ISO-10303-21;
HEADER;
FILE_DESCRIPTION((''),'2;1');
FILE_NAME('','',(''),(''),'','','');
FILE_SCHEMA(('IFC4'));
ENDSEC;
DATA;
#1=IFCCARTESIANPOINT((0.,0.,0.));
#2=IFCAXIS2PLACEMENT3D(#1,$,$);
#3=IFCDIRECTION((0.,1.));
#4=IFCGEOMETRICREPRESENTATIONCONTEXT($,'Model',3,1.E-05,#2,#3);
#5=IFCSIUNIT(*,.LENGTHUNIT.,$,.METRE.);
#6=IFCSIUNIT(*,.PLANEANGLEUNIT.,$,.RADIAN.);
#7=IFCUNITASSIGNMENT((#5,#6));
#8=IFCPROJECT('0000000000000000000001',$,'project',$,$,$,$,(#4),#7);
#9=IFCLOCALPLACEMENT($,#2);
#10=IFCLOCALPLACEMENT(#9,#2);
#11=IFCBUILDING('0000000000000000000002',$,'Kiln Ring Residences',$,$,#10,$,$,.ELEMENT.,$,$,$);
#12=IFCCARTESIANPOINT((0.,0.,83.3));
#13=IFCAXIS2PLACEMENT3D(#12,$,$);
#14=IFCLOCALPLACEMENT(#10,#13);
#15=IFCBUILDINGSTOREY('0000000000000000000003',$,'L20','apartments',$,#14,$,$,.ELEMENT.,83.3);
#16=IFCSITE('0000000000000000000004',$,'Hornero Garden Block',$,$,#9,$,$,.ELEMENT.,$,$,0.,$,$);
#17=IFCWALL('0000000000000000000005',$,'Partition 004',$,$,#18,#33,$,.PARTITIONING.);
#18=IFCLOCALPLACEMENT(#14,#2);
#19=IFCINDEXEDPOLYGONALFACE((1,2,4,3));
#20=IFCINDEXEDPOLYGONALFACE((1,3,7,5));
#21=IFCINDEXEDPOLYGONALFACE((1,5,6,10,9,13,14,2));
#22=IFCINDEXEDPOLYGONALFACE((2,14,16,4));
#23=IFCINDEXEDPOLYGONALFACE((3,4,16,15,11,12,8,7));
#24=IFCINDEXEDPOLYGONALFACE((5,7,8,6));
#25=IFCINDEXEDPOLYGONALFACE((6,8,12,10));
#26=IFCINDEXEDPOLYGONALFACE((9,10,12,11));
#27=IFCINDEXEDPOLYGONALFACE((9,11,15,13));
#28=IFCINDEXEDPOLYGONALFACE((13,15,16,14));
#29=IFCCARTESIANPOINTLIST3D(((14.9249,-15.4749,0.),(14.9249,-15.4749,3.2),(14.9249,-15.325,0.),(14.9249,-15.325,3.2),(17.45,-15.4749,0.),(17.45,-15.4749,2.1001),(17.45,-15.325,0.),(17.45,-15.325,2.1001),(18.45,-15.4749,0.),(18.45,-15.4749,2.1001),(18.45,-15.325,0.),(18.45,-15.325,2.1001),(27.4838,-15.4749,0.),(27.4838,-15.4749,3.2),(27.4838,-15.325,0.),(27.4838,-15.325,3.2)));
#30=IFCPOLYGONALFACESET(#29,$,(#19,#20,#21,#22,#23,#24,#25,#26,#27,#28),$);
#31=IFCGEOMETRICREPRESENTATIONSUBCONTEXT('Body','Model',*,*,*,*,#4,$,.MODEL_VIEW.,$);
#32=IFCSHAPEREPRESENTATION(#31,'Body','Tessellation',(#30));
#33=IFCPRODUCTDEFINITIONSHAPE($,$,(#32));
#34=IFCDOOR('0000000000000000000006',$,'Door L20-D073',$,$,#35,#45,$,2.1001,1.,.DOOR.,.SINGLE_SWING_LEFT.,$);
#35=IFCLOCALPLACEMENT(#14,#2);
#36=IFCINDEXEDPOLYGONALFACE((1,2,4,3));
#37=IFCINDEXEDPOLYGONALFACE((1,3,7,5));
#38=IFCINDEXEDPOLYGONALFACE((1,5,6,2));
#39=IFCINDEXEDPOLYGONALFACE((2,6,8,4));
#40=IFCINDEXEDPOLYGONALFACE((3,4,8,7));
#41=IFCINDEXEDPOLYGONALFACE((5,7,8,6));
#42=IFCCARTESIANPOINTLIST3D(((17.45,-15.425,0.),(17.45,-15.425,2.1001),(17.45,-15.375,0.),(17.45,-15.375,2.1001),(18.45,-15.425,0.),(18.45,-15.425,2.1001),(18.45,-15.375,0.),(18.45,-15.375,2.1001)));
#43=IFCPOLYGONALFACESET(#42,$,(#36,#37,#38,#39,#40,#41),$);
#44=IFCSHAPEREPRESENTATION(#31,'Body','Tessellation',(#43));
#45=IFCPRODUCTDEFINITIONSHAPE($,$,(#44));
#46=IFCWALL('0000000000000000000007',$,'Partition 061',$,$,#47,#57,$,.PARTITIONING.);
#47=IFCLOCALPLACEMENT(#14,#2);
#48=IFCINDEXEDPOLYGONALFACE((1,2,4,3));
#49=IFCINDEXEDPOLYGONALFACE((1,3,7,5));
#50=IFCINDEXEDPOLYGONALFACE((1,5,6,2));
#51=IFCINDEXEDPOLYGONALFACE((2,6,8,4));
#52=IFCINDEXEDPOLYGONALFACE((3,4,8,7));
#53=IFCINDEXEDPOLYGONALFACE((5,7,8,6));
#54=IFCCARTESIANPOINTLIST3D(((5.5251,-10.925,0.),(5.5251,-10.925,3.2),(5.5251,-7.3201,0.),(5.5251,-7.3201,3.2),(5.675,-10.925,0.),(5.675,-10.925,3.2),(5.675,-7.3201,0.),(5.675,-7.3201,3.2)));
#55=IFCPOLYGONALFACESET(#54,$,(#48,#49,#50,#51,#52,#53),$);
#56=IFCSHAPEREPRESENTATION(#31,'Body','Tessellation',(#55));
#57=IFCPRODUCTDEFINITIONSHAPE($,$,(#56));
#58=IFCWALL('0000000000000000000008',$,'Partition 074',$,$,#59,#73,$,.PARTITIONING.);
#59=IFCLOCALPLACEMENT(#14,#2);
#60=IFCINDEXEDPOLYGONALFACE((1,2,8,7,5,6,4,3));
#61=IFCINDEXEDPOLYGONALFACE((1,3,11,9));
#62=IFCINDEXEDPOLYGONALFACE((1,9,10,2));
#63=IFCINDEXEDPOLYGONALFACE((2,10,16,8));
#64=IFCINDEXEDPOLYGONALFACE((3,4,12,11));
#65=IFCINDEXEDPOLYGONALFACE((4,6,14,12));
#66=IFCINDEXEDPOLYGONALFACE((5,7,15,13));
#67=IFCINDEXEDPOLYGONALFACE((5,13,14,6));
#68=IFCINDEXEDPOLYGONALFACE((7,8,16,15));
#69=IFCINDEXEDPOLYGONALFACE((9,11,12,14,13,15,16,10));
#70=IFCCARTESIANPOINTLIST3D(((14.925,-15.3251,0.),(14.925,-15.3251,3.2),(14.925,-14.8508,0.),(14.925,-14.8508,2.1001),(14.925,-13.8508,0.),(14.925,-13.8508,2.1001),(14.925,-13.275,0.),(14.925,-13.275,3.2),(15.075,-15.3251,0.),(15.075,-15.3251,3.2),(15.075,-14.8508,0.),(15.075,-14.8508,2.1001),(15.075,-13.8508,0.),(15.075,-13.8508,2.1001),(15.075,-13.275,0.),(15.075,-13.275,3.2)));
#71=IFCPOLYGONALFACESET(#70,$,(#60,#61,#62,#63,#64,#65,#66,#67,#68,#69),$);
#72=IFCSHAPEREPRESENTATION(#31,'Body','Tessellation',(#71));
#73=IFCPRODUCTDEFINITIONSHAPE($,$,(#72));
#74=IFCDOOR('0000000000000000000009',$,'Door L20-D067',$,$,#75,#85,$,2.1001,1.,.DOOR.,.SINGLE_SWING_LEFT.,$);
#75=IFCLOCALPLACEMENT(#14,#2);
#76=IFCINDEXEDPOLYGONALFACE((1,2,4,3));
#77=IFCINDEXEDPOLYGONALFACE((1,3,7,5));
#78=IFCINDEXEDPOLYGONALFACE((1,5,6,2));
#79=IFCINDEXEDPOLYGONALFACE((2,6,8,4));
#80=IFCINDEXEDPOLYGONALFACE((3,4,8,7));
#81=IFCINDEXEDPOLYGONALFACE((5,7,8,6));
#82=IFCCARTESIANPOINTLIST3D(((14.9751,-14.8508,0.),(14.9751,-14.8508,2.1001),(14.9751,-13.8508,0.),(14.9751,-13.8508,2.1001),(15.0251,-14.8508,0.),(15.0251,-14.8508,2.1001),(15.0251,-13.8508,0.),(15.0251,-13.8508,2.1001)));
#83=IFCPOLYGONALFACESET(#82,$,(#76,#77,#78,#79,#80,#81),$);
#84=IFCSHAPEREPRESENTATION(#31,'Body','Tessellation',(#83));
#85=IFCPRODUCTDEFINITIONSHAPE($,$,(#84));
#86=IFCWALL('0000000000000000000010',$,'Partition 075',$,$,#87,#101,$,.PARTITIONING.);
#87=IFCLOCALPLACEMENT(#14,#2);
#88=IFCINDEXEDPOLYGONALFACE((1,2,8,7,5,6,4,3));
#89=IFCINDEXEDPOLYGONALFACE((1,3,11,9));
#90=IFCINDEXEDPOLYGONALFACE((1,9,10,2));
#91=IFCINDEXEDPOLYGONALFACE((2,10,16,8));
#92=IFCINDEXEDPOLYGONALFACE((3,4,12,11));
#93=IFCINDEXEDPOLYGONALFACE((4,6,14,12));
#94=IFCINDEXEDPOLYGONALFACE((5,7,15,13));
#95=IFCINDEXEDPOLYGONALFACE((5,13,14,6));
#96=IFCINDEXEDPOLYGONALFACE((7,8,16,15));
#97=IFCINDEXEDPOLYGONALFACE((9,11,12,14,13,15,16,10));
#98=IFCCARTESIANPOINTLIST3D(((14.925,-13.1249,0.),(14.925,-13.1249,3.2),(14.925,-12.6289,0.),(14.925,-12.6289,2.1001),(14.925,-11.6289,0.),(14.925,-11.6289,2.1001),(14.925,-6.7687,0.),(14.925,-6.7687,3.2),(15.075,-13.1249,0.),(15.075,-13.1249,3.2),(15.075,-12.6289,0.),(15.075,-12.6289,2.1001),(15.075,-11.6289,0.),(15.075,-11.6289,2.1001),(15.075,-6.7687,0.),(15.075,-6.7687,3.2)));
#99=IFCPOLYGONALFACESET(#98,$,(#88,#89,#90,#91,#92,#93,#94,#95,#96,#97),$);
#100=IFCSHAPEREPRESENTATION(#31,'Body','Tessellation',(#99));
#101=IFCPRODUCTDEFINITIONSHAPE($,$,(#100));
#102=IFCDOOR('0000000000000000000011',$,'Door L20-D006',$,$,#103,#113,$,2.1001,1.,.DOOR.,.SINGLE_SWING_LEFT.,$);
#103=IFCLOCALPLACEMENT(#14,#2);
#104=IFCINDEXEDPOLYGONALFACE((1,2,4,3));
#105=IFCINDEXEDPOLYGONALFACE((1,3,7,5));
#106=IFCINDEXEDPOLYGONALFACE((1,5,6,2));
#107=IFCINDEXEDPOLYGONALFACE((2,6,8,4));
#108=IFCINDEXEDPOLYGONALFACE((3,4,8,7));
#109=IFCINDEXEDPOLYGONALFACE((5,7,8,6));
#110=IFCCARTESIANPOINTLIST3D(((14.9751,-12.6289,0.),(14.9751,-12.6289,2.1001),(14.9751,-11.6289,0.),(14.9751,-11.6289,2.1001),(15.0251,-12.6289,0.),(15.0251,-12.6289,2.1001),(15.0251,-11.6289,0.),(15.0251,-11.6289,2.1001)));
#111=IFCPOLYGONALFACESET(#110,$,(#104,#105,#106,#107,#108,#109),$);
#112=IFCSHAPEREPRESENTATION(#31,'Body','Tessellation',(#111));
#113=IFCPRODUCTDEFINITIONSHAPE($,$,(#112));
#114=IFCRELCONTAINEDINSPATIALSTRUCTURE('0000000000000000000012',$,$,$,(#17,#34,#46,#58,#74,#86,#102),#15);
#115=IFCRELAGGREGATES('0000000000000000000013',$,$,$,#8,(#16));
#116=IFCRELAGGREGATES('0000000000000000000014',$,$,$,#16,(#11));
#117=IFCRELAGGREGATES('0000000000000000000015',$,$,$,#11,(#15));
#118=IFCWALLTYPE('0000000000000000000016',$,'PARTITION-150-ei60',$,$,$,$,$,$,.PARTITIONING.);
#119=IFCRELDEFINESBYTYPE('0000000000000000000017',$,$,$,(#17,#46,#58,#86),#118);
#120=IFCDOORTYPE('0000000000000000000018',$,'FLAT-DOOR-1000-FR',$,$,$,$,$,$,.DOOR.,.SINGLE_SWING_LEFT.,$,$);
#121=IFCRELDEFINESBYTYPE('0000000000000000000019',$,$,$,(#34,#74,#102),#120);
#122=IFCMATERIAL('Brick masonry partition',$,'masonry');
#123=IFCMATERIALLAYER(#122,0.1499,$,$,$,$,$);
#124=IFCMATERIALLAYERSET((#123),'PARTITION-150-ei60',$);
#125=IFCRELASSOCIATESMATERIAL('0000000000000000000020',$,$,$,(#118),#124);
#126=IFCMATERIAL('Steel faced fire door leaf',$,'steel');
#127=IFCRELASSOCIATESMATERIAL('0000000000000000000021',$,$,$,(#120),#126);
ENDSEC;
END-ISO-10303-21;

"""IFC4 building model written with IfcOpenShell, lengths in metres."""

from ifc_helpers import new_model, si_unit, direction, frame, frame_2d, origin, place, context, subcontext, project, spatial, rectangle, extrude, material, layer, layer_set, type_object, element, fill, save


model = new_model("IFC4")

# Units and contexts
model_context = context("Model", 3, precision=1e-05, world=origin(), true_north=direction((0.0, 1.0)))
body_context = subcontext(model_context, "Body", "Model", "MODEL_VIEW")
ifc_project = project(units=[si_unit("LENGTHUNIT", "METRE"), si_unit("PLANEANGLEUNIT", "RADIAN")], contexts=[model_context])

# Site, building, storey
site_placement = place(None, origin())
site = spatial("IfcSite", under=ifc_project, at=site_placement, Name="Hornero Garden Block", CompositionType="ELEMENT", RefElevation=0.0)
building_placement = place(site_placement, origin())
building = spatial("IfcBuilding", under=site, at=building_placement, Name="Kiln Ring Residences", CompositionType="ELEMENT")
storey_placement = place(building_placement, frame((0.0, 0.0, 83.3)))
storey = spatial("IfcBuildingStorey", under=building, at=storey_placement, Name="L20", Description="apartments", CompositionType="ELEMENT", Elevation=83.3)

# Wall, opening, door
ifc_material_1 = material(Name="Brick masonry partition", Category="masonry")
ifc_layer_1 = layer(ifc_material_1, 0.1499)
ifc_layer_set_1 = layer_set([ifc_layer_1], Name="PARTITION-150-ei60")
wall_type_1 = type_object("IfcWallType", Name="PARTITION-150-ei60", PredefinedType="PARTITIONING", material=ifc_layer_set_1)
wall_1_placement = place(storey_placement, frame((14.925, -15.3999, 0.0), z_axis=(0.0, 0.0, 1.0), x_axis=(1.0, 0.0, 0.0)))
wall_1 = element("IfcWall", 1, at=wall_1_placement, inside=storey, type_object=wall_type_1, Name="Partition 004", PredefinedType="PARTITIONING", context=body_context, shape_type="SweptSolid", body=[
    extrude(rectangle(XDim=12.5588, YDim=0.1499, at=frame_2d((6.2793, 0.0))), origin(), (0.0, 0.0, 1.0), 3.2),
])
opening_1_placement = place(wall_1_placement, frame((2.5249, 0.0, 0.0)))
opening_1 = element("IfcOpeningElement", 2, at=opening_1_placement, cuts=wall_1, PredefinedType="OPENING", context=body_context, shape_type="SweptSolid", body=[
    extrude(rectangle(XDim=1.0, YDim=2.1001, at=frame_2d((0.5, 1.05))), frame((0.0, 0.085, 0.0), z_axis=(0.0, -1.0, 0.0), x_axis=(1.0, 0.0, 0.0)), (0.0, 0.0, 1.0), 0.1699),
])
ifc_material_2 = material(Name="Steel faced fire door leaf", Category="steel")
door_type_1 = type_object("IfcDoorType", Name="FLAT-DOOR-1000-FR", OperationType="SINGLE_SWING_LEFT", PredefinedType="DOOR", material=ifc_material_2)
door_1_placement = place(opening_1_placement, origin())
door_1 = element("IfcDoor", 3, at=door_1_placement, inside=storey, type_object=door_type_1, Name="Door L20-D073", OperationType="SINGLE_SWING_LEFT", OverallHeight=2.1001, OverallWidth=1.0, PredefinedType="DOOR", context=body_context, shape_type="SweptSolid", body=[
    extrude(rectangle(XDim=1.0, YDim=2.1001, at=frame_2d((0.5, 1.05))), frame((0.0, 0.0249, 0.0), z_axis=(0.0, -1.0, 0.0), x_axis=(1.0, 0.0, 0.0)), (0.0, 0.0, 1.0), 0.05),
])
fill(opening_1, door_1)

# Wall
wall_2_placement = place(storey_placement, frame((5.6001, -10.925, 0.0), z_axis=(0.0, 0.0, 1.0), x_axis=(0.0, 1.0, 0.0)))
element("IfcWall", 4, at=wall_2_placement, inside=storey, type_object=wall_type_1, Name="Partition 061", PredefinedType="PARTITIONING", context=body_context, shape_type="SweptSolid", body=[
    extrude(rectangle(XDim=3.605, YDim=0.1499, at=frame_2d((1.8025, 0.0))), origin(), (0.0, 0.0, 1.0), 3.2),
])

# Walls, openings, doors
wall_3_placement = place(storey_placement, frame((15.0, -15.325, 0.0), z_axis=(0.0, 0.0, 1.0), x_axis=(0.0, 1.0, 0.0)))
wall_3 = element("IfcWall", 5, at=wall_3_placement, inside=storey, type_object=wall_type_1, Name="Partition 074", PredefinedType="PARTITIONING", context=body_context, shape_type="SweptSolid", body=[
    extrude(rectangle(XDim=2.05, YDim=0.1499, at=frame_2d((1.0249, 0.0))), origin(), (0.0, 0.0, 1.0), 3.2),
])
opening_2_placement = place(wall_3_placement, frame((0.4741, 0.0, 0.0)))
opening_2 = element("IfcOpeningElement", 6, at=opening_2_placement, cuts=wall_3, PredefinedType="OPENING", context=body_context, shape_type="SweptSolid", body=[
    extrude(rectangle(XDim=1.0, YDim=2.1001, at=frame_2d((0.5, 1.05))), frame((0.0, 0.085, 0.0), z_axis=(0.0, -1.0, 0.0), x_axis=(1.0, 0.0, 0.0)), (0.0, 0.0, 1.0), 0.1699),
])
door_2_placement = place(opening_2_placement, origin())
door_2 = element("IfcDoor", 7, at=door_2_placement, inside=storey, type_object=door_type_1, Name="Door L20-D067", OperationType="SINGLE_SWING_LEFT", OverallHeight=2.1001, OverallWidth=1.0, PredefinedType="DOOR", context=body_context, shape_type="SweptSolid", body=[
    extrude(rectangle(XDim=1.0, YDim=2.1001, at=frame_2d((0.5, 1.05))), frame((0.0, 0.0249, 0.0), z_axis=(0.0, -1.0, 0.0), x_axis=(1.0, 0.0, 0.0)), (0.0, 0.0, 1.0), 0.05),
])
fill(opening_2, door_2)
wall_4_placement = place(storey_placement, frame((15.0, -13.125, 0.0), z_axis=(0.0, 0.0, 1.0), x_axis=(0.0, 1.0, 0.0)))
wall_4 = element("IfcWall", 8, at=wall_4_placement, inside=storey, type_object=wall_type_1, Name="Partition 075", PredefinedType="PARTITIONING", context=body_context, shape_type="SweptSolid", body=[
    extrude(rectangle(XDim=6.3562, YDim=0.1499, at=frame_2d((3.1782, 0.0))), origin(), (0.0, 0.0, 1.0), 3.2),
])
opening_3_placement = place(wall_4_placement, frame((0.4961, 0.0, 0.0)))
opening_3 = element("IfcOpeningElement", 9, at=opening_3_placement, cuts=wall_4, PredefinedType="OPENING", context=body_context, shape_type="SweptSolid", body=[
    extrude(rectangle(XDim=1.0, YDim=2.1001, at=frame_2d((0.5, 1.05))), frame((0.0, 0.085, 0.0), z_axis=(0.0, -1.0, 0.0), x_axis=(1.0, 0.0, 0.0)), (0.0, 0.0, 1.0), 0.1699),
])
door_3_placement = place(opening_3_placement, origin())
door_3 = element("IfcDoor", 10, at=door_3_placement, inside=storey, type_object=door_type_1, Name="Door L20-D006", OperationType="SINGLE_SWING_LEFT", OverallHeight=2.1001, OverallWidth=1.0, PredefinedType="DOOR", context=body_context, shape_type="SweptSolid", body=[
    extrude(rectangle(XDim=1.0, YDim=2.1001, at=frame_2d((0.5, 1.05))), frame((0.0, 0.0249, 0.0), z_axis=(0.0, -1.0, 0.0), x_axis=(1.0, 0.0, 0.0)), (0.0, 0.0, 1.0), 0.05),
])
fill(opening_3, door_3)

save(model, "model.ifc")
